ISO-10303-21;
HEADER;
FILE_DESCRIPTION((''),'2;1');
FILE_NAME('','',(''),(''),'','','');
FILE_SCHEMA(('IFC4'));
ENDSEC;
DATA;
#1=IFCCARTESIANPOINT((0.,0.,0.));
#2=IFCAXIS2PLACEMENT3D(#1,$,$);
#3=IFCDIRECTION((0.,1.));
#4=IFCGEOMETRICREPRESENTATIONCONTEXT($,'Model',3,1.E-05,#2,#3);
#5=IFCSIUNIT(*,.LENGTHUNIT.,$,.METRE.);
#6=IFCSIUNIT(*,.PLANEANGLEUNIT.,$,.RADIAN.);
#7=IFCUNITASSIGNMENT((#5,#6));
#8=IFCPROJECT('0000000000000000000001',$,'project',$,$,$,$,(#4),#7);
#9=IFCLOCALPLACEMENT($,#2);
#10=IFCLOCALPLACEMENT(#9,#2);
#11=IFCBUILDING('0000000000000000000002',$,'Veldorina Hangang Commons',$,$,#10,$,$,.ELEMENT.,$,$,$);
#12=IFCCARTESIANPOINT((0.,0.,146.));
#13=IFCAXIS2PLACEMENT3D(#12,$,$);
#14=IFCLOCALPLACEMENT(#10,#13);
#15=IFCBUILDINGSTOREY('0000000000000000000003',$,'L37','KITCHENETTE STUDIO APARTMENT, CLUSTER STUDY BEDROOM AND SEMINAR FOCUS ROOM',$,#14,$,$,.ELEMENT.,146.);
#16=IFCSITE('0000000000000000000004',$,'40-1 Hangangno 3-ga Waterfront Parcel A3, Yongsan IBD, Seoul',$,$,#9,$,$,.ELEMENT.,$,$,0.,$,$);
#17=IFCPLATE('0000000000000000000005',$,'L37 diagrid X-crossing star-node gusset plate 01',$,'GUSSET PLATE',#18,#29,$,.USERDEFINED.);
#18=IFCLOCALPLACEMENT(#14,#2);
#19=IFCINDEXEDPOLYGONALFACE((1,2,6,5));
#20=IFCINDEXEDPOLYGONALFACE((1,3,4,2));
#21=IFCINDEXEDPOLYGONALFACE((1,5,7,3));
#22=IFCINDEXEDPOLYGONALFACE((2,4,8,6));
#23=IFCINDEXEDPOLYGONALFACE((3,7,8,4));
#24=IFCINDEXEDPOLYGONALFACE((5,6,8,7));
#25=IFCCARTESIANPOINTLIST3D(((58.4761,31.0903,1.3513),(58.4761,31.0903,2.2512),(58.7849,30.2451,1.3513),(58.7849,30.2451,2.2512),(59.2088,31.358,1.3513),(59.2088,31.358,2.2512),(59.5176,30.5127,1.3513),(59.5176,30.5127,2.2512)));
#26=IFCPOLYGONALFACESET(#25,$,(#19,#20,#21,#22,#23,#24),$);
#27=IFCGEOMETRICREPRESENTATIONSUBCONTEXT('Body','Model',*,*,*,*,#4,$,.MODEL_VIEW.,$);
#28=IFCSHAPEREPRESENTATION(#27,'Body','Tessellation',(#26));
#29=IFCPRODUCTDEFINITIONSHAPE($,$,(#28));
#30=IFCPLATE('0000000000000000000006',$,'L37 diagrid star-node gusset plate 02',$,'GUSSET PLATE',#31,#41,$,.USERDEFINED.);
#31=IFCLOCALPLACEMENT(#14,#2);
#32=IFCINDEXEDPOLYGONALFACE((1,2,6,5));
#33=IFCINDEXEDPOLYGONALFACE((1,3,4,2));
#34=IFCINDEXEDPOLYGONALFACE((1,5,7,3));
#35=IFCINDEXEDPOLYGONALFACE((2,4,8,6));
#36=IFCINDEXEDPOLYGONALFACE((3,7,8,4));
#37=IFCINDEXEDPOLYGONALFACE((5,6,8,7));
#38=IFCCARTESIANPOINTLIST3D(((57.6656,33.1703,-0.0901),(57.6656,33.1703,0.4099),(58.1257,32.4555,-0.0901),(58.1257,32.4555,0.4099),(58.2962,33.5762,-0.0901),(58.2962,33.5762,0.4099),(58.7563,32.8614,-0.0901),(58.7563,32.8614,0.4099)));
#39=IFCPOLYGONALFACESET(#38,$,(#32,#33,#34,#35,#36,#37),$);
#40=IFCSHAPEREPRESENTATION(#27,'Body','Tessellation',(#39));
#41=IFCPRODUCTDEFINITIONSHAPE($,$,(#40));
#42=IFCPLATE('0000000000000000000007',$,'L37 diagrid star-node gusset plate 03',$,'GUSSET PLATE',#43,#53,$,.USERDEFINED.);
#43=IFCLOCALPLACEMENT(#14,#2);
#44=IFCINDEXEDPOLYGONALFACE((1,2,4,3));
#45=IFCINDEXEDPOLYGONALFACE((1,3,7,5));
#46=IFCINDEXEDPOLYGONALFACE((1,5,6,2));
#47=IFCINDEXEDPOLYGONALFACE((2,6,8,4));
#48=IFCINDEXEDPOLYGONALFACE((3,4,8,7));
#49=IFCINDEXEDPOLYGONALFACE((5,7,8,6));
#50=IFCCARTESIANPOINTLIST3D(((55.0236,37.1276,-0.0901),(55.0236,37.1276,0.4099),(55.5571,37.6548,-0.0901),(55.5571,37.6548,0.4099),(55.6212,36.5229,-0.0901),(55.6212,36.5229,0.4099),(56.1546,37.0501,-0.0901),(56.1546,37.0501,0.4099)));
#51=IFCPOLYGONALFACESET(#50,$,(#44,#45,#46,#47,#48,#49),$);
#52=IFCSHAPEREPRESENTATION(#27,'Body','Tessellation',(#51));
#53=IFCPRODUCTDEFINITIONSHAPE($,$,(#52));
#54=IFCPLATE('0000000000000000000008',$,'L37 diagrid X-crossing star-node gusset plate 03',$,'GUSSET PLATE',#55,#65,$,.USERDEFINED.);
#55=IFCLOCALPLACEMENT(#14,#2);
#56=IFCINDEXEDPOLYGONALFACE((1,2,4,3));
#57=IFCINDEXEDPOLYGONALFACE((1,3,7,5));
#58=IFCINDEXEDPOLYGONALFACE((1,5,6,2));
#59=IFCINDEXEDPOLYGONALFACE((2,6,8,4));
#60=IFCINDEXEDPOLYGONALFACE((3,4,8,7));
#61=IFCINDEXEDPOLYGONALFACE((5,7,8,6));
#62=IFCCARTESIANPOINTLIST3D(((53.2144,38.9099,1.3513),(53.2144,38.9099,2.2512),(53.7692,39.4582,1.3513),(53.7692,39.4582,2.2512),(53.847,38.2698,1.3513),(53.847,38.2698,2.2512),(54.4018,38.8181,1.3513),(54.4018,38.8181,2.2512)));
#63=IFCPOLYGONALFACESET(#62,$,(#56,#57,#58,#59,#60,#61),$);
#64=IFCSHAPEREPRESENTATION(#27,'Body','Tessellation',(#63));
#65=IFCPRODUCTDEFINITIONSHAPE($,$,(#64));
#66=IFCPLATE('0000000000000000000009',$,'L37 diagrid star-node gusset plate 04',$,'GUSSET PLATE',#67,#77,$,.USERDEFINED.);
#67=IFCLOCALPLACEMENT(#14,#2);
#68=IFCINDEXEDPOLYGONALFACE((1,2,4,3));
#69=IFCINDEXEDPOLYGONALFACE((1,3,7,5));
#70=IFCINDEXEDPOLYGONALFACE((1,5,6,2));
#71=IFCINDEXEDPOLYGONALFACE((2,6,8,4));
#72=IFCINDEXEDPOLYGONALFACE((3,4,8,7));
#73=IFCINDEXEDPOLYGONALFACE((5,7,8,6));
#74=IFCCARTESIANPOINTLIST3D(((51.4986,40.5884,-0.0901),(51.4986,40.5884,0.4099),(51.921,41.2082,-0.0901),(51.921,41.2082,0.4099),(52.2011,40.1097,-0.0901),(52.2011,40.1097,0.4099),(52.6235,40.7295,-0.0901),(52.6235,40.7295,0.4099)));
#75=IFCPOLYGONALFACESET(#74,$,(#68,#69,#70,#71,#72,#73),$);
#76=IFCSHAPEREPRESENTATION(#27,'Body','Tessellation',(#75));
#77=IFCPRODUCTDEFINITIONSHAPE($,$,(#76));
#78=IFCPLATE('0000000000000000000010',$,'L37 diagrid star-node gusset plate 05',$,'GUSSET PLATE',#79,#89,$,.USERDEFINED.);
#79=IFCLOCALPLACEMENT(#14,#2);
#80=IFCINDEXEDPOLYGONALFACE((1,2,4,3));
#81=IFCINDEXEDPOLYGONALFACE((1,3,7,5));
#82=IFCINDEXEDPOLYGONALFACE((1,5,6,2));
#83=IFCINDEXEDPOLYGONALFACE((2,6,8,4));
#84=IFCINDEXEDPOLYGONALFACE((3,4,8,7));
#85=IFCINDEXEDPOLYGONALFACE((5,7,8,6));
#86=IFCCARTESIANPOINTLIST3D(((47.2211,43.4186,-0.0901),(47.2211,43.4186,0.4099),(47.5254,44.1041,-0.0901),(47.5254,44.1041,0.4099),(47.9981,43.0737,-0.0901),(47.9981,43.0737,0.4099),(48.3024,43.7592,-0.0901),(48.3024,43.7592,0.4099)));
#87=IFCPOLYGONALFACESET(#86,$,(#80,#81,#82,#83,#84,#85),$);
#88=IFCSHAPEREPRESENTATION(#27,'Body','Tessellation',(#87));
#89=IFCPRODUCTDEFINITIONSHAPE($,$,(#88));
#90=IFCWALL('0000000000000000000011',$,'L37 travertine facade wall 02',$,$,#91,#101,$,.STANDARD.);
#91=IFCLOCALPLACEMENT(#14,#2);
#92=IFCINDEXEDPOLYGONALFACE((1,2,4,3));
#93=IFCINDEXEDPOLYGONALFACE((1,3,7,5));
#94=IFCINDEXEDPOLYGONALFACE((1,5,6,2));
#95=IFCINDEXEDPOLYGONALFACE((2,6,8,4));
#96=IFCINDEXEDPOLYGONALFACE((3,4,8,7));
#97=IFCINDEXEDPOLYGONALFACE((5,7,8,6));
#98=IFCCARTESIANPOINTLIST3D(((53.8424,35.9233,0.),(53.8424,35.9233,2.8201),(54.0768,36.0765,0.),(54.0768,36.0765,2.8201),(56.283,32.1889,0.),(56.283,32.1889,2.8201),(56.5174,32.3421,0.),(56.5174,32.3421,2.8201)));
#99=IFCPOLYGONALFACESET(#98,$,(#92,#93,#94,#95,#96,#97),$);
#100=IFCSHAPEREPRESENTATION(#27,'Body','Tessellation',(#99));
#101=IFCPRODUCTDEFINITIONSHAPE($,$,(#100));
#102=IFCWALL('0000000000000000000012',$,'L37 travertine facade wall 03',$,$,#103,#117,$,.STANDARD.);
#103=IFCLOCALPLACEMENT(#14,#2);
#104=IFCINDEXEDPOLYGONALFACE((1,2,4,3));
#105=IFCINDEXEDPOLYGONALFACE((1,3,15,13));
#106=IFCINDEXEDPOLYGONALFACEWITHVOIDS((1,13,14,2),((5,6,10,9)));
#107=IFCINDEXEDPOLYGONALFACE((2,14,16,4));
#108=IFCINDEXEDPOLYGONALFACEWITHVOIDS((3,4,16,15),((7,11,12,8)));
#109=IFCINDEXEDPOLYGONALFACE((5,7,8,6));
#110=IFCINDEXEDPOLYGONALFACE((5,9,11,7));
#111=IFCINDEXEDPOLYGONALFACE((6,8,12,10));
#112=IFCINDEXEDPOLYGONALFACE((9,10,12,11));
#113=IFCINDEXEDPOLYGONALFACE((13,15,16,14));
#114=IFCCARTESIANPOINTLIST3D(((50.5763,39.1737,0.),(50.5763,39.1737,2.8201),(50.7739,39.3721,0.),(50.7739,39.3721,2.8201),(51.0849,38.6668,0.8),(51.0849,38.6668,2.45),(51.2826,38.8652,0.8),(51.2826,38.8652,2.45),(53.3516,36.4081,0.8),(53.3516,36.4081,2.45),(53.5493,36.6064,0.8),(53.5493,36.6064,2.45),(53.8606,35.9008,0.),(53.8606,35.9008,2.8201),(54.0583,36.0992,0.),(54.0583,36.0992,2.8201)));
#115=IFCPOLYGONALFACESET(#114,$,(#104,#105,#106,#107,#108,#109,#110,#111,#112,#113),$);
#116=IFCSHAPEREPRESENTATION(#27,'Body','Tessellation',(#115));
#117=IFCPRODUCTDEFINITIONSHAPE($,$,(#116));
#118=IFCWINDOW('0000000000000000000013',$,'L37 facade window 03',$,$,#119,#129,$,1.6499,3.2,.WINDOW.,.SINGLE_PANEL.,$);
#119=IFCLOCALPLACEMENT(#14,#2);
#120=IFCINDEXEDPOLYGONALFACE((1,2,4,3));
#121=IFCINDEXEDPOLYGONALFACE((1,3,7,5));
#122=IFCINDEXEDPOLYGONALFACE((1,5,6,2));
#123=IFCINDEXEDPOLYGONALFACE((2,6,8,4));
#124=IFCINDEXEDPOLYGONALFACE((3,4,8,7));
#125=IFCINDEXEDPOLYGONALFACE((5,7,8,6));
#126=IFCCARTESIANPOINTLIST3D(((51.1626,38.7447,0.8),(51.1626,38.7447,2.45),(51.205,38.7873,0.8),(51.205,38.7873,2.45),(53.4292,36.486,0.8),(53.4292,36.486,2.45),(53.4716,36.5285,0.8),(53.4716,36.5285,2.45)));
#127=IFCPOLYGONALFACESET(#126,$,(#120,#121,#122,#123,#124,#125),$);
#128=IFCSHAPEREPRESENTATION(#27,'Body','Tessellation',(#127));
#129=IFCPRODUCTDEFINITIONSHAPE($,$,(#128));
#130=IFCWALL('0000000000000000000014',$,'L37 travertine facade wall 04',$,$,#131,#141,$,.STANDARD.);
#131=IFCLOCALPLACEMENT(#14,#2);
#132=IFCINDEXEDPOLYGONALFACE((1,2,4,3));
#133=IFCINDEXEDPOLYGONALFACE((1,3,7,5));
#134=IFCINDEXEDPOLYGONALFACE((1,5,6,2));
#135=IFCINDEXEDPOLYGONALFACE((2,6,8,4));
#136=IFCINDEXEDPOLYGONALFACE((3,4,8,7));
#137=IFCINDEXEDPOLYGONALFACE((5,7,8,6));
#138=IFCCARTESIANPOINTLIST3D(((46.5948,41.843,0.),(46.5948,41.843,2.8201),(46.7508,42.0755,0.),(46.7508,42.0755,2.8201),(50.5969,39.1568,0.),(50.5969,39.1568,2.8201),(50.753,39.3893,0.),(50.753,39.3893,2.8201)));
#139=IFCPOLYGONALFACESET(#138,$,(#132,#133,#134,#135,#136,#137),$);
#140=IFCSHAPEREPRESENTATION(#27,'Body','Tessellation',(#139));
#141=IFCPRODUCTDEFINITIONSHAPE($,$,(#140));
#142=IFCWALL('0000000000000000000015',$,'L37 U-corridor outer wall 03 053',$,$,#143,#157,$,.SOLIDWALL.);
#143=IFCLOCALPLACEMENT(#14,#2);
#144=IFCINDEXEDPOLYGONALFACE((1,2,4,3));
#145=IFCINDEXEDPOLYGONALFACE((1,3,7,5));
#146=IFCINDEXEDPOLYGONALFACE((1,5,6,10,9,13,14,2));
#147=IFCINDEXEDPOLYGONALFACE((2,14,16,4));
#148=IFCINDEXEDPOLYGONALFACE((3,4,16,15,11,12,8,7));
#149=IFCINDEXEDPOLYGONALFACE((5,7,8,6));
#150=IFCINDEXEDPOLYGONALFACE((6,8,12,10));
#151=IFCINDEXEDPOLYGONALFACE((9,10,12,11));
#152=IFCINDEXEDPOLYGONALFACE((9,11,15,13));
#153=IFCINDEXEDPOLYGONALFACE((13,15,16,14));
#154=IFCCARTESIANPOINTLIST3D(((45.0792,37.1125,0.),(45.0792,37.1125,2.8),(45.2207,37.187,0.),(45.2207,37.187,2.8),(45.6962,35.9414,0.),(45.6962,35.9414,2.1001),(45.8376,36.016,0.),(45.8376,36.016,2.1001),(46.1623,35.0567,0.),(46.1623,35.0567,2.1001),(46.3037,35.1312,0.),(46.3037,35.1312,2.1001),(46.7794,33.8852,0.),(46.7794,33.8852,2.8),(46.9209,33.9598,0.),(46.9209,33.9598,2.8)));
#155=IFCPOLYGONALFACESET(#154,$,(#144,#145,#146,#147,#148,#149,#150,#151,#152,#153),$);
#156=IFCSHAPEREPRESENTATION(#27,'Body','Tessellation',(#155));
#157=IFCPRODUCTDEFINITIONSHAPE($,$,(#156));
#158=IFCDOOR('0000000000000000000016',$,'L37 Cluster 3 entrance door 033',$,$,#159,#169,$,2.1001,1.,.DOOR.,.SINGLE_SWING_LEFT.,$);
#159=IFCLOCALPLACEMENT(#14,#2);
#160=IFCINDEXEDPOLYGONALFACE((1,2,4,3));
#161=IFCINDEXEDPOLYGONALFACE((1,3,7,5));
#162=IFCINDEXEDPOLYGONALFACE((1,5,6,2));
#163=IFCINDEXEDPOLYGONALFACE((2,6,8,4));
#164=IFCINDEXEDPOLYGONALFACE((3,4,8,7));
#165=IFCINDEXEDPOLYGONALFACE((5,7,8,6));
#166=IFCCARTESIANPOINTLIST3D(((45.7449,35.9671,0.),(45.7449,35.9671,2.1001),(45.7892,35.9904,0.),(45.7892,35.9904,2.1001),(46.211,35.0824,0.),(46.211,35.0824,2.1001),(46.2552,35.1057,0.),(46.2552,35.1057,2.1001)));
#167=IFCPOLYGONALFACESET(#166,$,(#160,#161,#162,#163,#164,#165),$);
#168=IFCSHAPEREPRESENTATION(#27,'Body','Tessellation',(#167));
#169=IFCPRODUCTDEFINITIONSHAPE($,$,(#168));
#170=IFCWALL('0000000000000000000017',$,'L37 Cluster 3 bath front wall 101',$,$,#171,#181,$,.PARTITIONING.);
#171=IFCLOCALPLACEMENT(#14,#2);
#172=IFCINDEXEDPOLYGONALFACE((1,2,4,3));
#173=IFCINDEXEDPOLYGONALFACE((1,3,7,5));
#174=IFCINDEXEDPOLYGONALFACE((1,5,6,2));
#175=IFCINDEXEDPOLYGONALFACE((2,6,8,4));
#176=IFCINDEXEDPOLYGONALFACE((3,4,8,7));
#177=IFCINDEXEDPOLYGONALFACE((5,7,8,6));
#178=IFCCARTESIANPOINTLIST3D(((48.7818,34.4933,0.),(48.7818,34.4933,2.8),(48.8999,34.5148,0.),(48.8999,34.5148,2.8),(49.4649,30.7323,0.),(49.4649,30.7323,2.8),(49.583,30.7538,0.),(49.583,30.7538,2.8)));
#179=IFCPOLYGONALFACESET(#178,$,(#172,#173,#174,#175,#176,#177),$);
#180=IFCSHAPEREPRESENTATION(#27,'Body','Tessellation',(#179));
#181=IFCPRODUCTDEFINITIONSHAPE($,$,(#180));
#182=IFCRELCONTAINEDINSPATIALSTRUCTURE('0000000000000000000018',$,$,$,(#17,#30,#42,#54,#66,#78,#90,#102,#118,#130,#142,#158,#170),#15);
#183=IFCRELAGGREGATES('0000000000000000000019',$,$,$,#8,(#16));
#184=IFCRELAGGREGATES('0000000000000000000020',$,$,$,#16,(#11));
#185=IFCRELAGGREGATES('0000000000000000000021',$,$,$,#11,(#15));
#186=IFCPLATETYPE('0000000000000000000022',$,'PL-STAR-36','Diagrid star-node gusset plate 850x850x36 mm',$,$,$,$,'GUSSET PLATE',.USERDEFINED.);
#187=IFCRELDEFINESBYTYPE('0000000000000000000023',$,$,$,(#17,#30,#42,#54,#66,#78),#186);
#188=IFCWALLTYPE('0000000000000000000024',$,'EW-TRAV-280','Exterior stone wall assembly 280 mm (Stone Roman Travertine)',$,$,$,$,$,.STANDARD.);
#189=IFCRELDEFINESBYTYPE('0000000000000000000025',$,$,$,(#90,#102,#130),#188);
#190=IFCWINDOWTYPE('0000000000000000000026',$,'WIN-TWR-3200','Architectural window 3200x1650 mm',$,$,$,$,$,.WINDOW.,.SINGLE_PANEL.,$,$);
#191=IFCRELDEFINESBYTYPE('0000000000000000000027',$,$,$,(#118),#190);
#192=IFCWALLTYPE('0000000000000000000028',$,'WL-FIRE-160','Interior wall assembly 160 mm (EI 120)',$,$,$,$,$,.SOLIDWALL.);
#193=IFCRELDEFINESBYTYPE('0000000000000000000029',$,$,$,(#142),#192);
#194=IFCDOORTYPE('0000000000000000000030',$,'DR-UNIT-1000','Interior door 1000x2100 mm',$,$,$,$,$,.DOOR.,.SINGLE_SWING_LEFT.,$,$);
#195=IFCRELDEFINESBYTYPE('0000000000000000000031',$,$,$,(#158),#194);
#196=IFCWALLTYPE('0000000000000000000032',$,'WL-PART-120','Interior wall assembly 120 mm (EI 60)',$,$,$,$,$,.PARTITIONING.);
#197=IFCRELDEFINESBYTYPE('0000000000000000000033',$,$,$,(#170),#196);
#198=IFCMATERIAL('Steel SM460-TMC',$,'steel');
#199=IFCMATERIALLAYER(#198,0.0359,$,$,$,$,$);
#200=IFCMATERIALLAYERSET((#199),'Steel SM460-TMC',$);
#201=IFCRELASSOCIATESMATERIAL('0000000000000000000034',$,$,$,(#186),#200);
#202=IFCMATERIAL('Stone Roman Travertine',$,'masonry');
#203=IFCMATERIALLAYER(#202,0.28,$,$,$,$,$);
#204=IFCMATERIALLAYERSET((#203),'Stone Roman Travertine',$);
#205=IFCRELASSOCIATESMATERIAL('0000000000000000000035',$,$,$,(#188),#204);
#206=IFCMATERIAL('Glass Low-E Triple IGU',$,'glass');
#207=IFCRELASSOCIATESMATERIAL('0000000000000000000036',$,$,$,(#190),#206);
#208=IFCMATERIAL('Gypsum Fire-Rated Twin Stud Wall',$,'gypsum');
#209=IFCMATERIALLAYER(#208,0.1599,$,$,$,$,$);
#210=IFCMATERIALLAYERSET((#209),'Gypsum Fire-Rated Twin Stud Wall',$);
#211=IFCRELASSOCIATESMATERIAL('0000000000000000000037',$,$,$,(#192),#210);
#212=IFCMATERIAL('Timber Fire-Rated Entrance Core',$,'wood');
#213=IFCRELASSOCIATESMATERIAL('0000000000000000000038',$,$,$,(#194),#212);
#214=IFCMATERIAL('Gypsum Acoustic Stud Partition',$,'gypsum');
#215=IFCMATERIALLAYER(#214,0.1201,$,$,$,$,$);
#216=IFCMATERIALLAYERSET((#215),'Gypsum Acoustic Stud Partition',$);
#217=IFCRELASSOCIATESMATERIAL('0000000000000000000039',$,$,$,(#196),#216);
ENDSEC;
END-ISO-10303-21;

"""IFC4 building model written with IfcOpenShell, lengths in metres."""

from ifc_helpers import new_model, si_unit, direction, frame, frame_2d, origin, origin_2d, place, context, subcontext, project, spatial, rectangle, extrude, material, layer, layer_set, type_object, element, fill, save


model = new_model("IFC4")

# Units and contexts
model_context = context("Model", 3, precision=1e-05, world=origin(), true_north=direction((0.0, 1.0)))
body_context = subcontext(model_context, "Body", "Model", "MODEL_VIEW")
ifc_project = project(units=[si_unit("LENGTHUNIT", "METRE"), si_unit("PLANEANGLEUNIT", "RADIAN")], contexts=[model_context])

# Site, building, storey
site_placement = place(None, origin())
site = spatial("IfcSite", under=ifc_project, at=site_placement, Name="40-1 Hangangno 3-ga Waterfront Parcel A3, Yongsan IBD, Seoul", CompositionType="ELEMENT", RefElevation=0.0)
building_placement = place(site_placement, origin())
building = spatial("IfcBuilding", under=site, at=building_placement, Name="Veldorina Hangang Commons", CompositionType="ELEMENT")
storey_placement = place(building_placement, frame((0.0, 0.0, 146.0)))
storey = spatial("IfcBuildingStorey", under=building, at=storey_placement, Name="L37", Description="KITCHENETTE STUDIO APARTMENT, CLUSTER STUDY BEDROOM AND SEMINAR FOCUS ROOM", CompositionType="ELEMENT", Elevation=146.0)

# Plates
ifc_material_1 = material(Name="Steel SM460-TMC", Category="steel")
ifc_layer_1 = layer(ifc_material_1, 0.0359)
ifc_layer_set_1 = layer_set([ifc_layer_1], Name="Steel SM460-TMC")
plate_type = type_object("IfcPlateType", Name="PL-STAR-36", Description="Diagrid star-node gusset plate 850x850x36 mm", ElementType="GUSSET PLATE", PredefinedType="USERDEFINED", material=ifc_layer_set_1)
plate_1_placement = place(storey_placement, frame((58.9968, 30.8015, 1.3513), z_axis=(0.0, 0.0, 1.0), x_axis=(-0.343119, 0.939292, 0.0)))
element("IfcPlate", 1, at=plate_1_placement, inside=storey, type_object=plate_type, Name="L37 diagrid X-crossing star-node gusset plate 01", ObjectType="GUSSET PLATE", PredefinedType="USERDEFINED", context=body_context, shape_type="SweptSolid", body=[
    extrude(rectangle(XDim=0.8999, YDim=0.78, at=origin_2d()), origin(), (0.0, 0.0, 1.0), 0.8999),
])
for number, where, z_axis, x_axis, name in (
    (2, (58.2109, 33.0159, -0.0901), (0.0, 0.0, 1.0), (-0.541239, 0.840869, 0.0), "L37 diagrid star-node gusset plate 02"),
    (3, (55.5891, 37.0889, -0.0901), (0.0, 0.0, 1.0), (-0.702923, 0.711266, 0.0), "L37 diagrid star-node gusset plate 03"),
):
    element("IfcPlate", number, at=place(storey_placement, frame(where, z_axis=z_axis, x_axis=x_axis)), inside=storey, type_object=plate_type, Name=name, ObjectType="GUSSET PLATE", PredefinedType="USERDEFINED", context=body_context, shape_type="SweptSolid", body=[
        extrude(rectangle(XDim=0.8501, YDim=0.75, at=origin_2d()), origin(), (0.0, 0.0, 1.0), 0.5),
    ])
plate_2_placement = place(storey_placement, frame((53.8081, 38.864, 1.3513), z_axis=(0.0, 0.0, 1.0), x_axis=(-0.702923, 0.711266, 0.0)))
element("IfcPlate", 4, at=plate_2_placement, inside=storey, type_object=plate_type, Name="L37 diagrid X-crossing star-node gusset plate 03", ObjectType="GUSSET PLATE", PredefinedType="USERDEFINED", context=body_context, shape_type="SweptSolid", body=[
    extrude(rectangle(XDim=0.8999, YDim=0.78, at=origin_2d()), origin(), (0.0, 0.0, 1.0), 0.8999),
])
for number, where, z_axis, x_axis, name in (
    (5, (52.061, 40.6589, -0.0901), (0.0, 0.0, 1.0), (-0.826354, 0.563151, 0.0), "L37 diagrid star-node gusset plate 04"),
    (6, (47.7617, 43.5889, -0.0901), (0.0, 0.0, 1.0), (-0.913999, 0.405716, 0.0), "L37 diagrid star-node gusset plate 05"),
):
    element("IfcPlate", number, at=place(storey_placement, frame(where, z_axis=z_axis, x_axis=x_axis)), inside=storey, type_object=plate_type, Name=name, ObjectType="GUSSET PLATE", PredefinedType="USERDEFINED", context=body_context, shape_type="SweptSolid", body=[
        extrude(rectangle(XDim=0.8501, YDim=0.75, at=origin_2d()), origin(), (0.0, 0.0, 1.0), 0.5),
    ])

# Wall
ifc_material_2 = material(Name="Stone Roman Travertine", Category="masonry")
ifc_layer_2 = layer(ifc_material_2, 0.28)
ifc_layer_set_2 = layer_set([ifc_layer_2], Name="Stone Roman Travertine")
wall_type_1 = type_object("IfcWallType", Name="EW-TRAV-280", Description="Exterior stone wall assembly 280 mm (Stone Roman Travertine)", PredefinedType="STANDARD", material=ifc_layer_set_2)
wall_1_placement = place(storey_placement, frame((56.4001, 32.2656, 0.0), z_axis=(0.0, 0.0, 1.0), x_axis=(-0.547087, 0.837076, 0.0)))
element("IfcWall", 7, at=wall_1_placement, inside=storey, type_object=wall_type_1, Name="L37 travertine facade wall 02", PredefinedType="STANDARD", context=body_context, shape_type="SweptSolid", body=[
    extrude(rectangle(XDim=4.4612, YDim=0.28, at=frame_2d((2.2305, 0.0))), origin(), (0.0, 0.0, 1.0), 2.8201),
])

# Wall, opening, window
wall_2_placement = place(storey_placement, frame((53.9595, 36.0, 0.0), z_axis=(0.0, 0.0, 1.0), x_axis=(-0.708343, 0.705868, 0.0)))
wall_2 = element("IfcWall", 8, at=wall_2_placement, inside=storey, type_object=wall_type_1, Name="L37 travertine facade wall 03", PredefinedType="STANDARD", context=body_context, shape_type="SweptSolid", body=[
    extrude(rectangle(XDim=4.6367, YDim=0.28, at=frame_2d((2.3184, 0.0))), origin(), (0.0, 0.0, 1.0), 2.8201),
])
opening_1_placement = place(wall_2_placement, frame((0.7185, 0.0, 0.8)))
opening_1 = element("IfcOpeningElement", 9, at=opening_1_placement, cuts=wall_2, PredefinedType="OPENING", context=body_context, shape_type="SweptSolid", body=[
    extrude(rectangle(XDim=3.2, YDim=1.6499, at=frame_2d((1.6001, 0.825))), frame((0.0, 0.1499, 0.0), z_axis=(0.0, -1.0, 0.0), x_axis=(1.0, 0.0, 0.0)), (0.0, 0.0, 1.0), 0.3),
])
ifc_material_3 = material(Name="Glass Low-E Triple IGU", Category="glass")
window_type = type_object("IfcWindowType", Name="WIN-TWR-3200", Description="Architectural window 3200x1650 mm", PartitioningType="SINGLE_PANEL", PredefinedType="WINDOW", material=ifc_material_3)
window_placement = place(opening_1_placement, origin())
window = element("IfcWindow", 10, at=window_placement, inside=storey, type_object=window_type, Name="L37 facade window 03", OverallHeight=1.6499, OverallWidth=3.2, PartitioningType="SINGLE_PANEL", PredefinedType="WINDOW", context=body_context, shape_type="SweptSolid", body=[
    extrude(rectangle(XDim=3.2, YDim=1.6499, at=frame_2d((1.6001, 0.825))), frame((0.0, 0.03, 0.0), z_axis=(0.0, -1.0, 0.0), x_axis=(1.0, 0.0, 0.0)), (0.0, 0.0, 1.0), 0.0601),
])
fill(opening_1, window)

# Wall
wall_3_placement = place(storey_placement, frame((50.675, 39.2729, 0.0), z_axis=(0.0, 0.0, 1.0), x_axis=(-0.830309, 0.557304, 0.0)))
element("IfcWall", 11, at=wall_3_placement, inside=storey, type_object=wall_type_1, Name="L37 travertine facade wall 04", PredefinedType="STANDARD", context=body_context, shape_type="SweptSolid", body=[
    extrude(rectangle(XDim=4.8201, YDim=0.28, at=frame_2d((2.4102, 0.0))), origin(), (0.0, 0.0, 1.0), 2.8201),
])

# Wall, opening, door
ifc_material_4 = material(Name="Gypsum Fire-Rated Twin Stud Wall", Category="gypsum")
ifc_layer_3 = layer(ifc_material_4, 0.1599)
ifc_layer_set_3 = layer_set([ifc_layer_3], Name="Gypsum Fire-Rated Twin Stud Wall")
wall_type_2 = type_object("IfcWallType", Name="WL-FIRE-160", Description="Interior wall assembly 160 mm (EI 120)", PredefinedType="SOLIDWALL", material=ifc_layer_set_3)
wall_4_placement = place(storey_placement, frame((46.8501, 33.9226, 0.0), z_axis=(0.0, 0.0, 1.0), x_axis=(-0.466094, 0.884735, 0.0)))
wall_4 = element("IfcWall", 12, at=wall_4_placement, inside=storey, type_object=wall_type_2, Name="L37 U-corridor outer wall 03 053", PredefinedType="SOLIDWALL", context=body_context, shape_type="SweptSolid", body=[
    extrude(rectangle(XDim=3.6477, YDim=0.1599, at=frame_2d((1.8237, 0.0))), origin(), (0.0, 0.0, 1.0), 2.8),
])
opening_2_placement = place(wall_4_placement, frame((1.324, 0.0, 0.0)))
opening_2 = element("IfcOpeningElement", 13, at=opening_2_placement, cuts=wall_4, PredefinedType="OPENING", context=body_context, shape_type="SweptSolid", body=[
    extrude(rectangle(XDim=1.0, YDim=2.1001, at=frame_2d((0.5, 1.05))), frame((0.0, 0.0898, 0.0), z_axis=(0.0, -1.0, 0.0), x_axis=(1.0, 0.0, 0.0)), (0.0, 0.0, 1.0), 0.1799),
])
ifc_material_5 = material(Name="Timber Fire-Rated Entrance Core", Category="wood")
door_type_1 = type_object("IfcDoorType", Name="DR-UNIT-1000", Description="Interior door 1000x2100 mm", OperationType="SINGLE_SWING_LEFT", PredefinedType="DOOR", material=ifc_material_5)
door_1_placement = place(opening_2_placement, origin())
door_1 = element("IfcDoor", 14, at=door_1_placement, inside=storey, type_object=door_type_1, Name="L37 Cluster 3 entrance door 033", OperationType="SINGLE_SWING_LEFT", OverallHeight=2.1001, OverallWidth=1.0, PredefinedType="DOOR", context=body_context, shape_type="SweptSolid", body=[
    extrude(rectangle(XDim=1.0, YDim=2.1001, at=frame_2d((0.5, 1.05))), frame((0.0, 0.0249, 0.0), z_axis=(0.0, -1.0, 0.0), x_axis=(1.0, 0.0, 0.0)), (0.0, 0.0, 1.0), 0.05),
])
fill(opening_2, door_1)

# Wall
ifc_material_6 = material(Name="Gypsum Acoustic Stud Partition", Category="gypsum")
ifc_layer_4 = layer(ifc_material_6, 0.1201)
ifc_layer_set_4 = layer_set([ifc_layer_4], Name="Gypsum Acoustic Stud Partition")
wall_type_3 = type_object("IfcWallType", Name="WL-PART-120", Description="Interior wall assembly 120 mm (EI 60)", PredefinedType="PARTITIONING", material=ifc_layer_set_4)
wall_5_placement = place(storey_placement, frame((49.5239, 30.7432, 0.0), z_axis=(0.0, 0.0, 1.0), x_axis=(-0.178706, 0.983903, 0.0)))
element("IfcWall", 15, at=wall_5_placement, inside=storey, type_object=wall_type_3, Name="L37 Cluster 3 bath front wall 101", PredefinedType="PARTITIONING", context=body_context, shape_type="SweptSolid", body=[
    extrude(rectangle(XDim=3.8225, YDim=0.1201, at=frame_2d((1.9111, 0.0))), origin(), (0.0, 0.0, 1.0), 2.8),
])

save(model, "model.ifc")
